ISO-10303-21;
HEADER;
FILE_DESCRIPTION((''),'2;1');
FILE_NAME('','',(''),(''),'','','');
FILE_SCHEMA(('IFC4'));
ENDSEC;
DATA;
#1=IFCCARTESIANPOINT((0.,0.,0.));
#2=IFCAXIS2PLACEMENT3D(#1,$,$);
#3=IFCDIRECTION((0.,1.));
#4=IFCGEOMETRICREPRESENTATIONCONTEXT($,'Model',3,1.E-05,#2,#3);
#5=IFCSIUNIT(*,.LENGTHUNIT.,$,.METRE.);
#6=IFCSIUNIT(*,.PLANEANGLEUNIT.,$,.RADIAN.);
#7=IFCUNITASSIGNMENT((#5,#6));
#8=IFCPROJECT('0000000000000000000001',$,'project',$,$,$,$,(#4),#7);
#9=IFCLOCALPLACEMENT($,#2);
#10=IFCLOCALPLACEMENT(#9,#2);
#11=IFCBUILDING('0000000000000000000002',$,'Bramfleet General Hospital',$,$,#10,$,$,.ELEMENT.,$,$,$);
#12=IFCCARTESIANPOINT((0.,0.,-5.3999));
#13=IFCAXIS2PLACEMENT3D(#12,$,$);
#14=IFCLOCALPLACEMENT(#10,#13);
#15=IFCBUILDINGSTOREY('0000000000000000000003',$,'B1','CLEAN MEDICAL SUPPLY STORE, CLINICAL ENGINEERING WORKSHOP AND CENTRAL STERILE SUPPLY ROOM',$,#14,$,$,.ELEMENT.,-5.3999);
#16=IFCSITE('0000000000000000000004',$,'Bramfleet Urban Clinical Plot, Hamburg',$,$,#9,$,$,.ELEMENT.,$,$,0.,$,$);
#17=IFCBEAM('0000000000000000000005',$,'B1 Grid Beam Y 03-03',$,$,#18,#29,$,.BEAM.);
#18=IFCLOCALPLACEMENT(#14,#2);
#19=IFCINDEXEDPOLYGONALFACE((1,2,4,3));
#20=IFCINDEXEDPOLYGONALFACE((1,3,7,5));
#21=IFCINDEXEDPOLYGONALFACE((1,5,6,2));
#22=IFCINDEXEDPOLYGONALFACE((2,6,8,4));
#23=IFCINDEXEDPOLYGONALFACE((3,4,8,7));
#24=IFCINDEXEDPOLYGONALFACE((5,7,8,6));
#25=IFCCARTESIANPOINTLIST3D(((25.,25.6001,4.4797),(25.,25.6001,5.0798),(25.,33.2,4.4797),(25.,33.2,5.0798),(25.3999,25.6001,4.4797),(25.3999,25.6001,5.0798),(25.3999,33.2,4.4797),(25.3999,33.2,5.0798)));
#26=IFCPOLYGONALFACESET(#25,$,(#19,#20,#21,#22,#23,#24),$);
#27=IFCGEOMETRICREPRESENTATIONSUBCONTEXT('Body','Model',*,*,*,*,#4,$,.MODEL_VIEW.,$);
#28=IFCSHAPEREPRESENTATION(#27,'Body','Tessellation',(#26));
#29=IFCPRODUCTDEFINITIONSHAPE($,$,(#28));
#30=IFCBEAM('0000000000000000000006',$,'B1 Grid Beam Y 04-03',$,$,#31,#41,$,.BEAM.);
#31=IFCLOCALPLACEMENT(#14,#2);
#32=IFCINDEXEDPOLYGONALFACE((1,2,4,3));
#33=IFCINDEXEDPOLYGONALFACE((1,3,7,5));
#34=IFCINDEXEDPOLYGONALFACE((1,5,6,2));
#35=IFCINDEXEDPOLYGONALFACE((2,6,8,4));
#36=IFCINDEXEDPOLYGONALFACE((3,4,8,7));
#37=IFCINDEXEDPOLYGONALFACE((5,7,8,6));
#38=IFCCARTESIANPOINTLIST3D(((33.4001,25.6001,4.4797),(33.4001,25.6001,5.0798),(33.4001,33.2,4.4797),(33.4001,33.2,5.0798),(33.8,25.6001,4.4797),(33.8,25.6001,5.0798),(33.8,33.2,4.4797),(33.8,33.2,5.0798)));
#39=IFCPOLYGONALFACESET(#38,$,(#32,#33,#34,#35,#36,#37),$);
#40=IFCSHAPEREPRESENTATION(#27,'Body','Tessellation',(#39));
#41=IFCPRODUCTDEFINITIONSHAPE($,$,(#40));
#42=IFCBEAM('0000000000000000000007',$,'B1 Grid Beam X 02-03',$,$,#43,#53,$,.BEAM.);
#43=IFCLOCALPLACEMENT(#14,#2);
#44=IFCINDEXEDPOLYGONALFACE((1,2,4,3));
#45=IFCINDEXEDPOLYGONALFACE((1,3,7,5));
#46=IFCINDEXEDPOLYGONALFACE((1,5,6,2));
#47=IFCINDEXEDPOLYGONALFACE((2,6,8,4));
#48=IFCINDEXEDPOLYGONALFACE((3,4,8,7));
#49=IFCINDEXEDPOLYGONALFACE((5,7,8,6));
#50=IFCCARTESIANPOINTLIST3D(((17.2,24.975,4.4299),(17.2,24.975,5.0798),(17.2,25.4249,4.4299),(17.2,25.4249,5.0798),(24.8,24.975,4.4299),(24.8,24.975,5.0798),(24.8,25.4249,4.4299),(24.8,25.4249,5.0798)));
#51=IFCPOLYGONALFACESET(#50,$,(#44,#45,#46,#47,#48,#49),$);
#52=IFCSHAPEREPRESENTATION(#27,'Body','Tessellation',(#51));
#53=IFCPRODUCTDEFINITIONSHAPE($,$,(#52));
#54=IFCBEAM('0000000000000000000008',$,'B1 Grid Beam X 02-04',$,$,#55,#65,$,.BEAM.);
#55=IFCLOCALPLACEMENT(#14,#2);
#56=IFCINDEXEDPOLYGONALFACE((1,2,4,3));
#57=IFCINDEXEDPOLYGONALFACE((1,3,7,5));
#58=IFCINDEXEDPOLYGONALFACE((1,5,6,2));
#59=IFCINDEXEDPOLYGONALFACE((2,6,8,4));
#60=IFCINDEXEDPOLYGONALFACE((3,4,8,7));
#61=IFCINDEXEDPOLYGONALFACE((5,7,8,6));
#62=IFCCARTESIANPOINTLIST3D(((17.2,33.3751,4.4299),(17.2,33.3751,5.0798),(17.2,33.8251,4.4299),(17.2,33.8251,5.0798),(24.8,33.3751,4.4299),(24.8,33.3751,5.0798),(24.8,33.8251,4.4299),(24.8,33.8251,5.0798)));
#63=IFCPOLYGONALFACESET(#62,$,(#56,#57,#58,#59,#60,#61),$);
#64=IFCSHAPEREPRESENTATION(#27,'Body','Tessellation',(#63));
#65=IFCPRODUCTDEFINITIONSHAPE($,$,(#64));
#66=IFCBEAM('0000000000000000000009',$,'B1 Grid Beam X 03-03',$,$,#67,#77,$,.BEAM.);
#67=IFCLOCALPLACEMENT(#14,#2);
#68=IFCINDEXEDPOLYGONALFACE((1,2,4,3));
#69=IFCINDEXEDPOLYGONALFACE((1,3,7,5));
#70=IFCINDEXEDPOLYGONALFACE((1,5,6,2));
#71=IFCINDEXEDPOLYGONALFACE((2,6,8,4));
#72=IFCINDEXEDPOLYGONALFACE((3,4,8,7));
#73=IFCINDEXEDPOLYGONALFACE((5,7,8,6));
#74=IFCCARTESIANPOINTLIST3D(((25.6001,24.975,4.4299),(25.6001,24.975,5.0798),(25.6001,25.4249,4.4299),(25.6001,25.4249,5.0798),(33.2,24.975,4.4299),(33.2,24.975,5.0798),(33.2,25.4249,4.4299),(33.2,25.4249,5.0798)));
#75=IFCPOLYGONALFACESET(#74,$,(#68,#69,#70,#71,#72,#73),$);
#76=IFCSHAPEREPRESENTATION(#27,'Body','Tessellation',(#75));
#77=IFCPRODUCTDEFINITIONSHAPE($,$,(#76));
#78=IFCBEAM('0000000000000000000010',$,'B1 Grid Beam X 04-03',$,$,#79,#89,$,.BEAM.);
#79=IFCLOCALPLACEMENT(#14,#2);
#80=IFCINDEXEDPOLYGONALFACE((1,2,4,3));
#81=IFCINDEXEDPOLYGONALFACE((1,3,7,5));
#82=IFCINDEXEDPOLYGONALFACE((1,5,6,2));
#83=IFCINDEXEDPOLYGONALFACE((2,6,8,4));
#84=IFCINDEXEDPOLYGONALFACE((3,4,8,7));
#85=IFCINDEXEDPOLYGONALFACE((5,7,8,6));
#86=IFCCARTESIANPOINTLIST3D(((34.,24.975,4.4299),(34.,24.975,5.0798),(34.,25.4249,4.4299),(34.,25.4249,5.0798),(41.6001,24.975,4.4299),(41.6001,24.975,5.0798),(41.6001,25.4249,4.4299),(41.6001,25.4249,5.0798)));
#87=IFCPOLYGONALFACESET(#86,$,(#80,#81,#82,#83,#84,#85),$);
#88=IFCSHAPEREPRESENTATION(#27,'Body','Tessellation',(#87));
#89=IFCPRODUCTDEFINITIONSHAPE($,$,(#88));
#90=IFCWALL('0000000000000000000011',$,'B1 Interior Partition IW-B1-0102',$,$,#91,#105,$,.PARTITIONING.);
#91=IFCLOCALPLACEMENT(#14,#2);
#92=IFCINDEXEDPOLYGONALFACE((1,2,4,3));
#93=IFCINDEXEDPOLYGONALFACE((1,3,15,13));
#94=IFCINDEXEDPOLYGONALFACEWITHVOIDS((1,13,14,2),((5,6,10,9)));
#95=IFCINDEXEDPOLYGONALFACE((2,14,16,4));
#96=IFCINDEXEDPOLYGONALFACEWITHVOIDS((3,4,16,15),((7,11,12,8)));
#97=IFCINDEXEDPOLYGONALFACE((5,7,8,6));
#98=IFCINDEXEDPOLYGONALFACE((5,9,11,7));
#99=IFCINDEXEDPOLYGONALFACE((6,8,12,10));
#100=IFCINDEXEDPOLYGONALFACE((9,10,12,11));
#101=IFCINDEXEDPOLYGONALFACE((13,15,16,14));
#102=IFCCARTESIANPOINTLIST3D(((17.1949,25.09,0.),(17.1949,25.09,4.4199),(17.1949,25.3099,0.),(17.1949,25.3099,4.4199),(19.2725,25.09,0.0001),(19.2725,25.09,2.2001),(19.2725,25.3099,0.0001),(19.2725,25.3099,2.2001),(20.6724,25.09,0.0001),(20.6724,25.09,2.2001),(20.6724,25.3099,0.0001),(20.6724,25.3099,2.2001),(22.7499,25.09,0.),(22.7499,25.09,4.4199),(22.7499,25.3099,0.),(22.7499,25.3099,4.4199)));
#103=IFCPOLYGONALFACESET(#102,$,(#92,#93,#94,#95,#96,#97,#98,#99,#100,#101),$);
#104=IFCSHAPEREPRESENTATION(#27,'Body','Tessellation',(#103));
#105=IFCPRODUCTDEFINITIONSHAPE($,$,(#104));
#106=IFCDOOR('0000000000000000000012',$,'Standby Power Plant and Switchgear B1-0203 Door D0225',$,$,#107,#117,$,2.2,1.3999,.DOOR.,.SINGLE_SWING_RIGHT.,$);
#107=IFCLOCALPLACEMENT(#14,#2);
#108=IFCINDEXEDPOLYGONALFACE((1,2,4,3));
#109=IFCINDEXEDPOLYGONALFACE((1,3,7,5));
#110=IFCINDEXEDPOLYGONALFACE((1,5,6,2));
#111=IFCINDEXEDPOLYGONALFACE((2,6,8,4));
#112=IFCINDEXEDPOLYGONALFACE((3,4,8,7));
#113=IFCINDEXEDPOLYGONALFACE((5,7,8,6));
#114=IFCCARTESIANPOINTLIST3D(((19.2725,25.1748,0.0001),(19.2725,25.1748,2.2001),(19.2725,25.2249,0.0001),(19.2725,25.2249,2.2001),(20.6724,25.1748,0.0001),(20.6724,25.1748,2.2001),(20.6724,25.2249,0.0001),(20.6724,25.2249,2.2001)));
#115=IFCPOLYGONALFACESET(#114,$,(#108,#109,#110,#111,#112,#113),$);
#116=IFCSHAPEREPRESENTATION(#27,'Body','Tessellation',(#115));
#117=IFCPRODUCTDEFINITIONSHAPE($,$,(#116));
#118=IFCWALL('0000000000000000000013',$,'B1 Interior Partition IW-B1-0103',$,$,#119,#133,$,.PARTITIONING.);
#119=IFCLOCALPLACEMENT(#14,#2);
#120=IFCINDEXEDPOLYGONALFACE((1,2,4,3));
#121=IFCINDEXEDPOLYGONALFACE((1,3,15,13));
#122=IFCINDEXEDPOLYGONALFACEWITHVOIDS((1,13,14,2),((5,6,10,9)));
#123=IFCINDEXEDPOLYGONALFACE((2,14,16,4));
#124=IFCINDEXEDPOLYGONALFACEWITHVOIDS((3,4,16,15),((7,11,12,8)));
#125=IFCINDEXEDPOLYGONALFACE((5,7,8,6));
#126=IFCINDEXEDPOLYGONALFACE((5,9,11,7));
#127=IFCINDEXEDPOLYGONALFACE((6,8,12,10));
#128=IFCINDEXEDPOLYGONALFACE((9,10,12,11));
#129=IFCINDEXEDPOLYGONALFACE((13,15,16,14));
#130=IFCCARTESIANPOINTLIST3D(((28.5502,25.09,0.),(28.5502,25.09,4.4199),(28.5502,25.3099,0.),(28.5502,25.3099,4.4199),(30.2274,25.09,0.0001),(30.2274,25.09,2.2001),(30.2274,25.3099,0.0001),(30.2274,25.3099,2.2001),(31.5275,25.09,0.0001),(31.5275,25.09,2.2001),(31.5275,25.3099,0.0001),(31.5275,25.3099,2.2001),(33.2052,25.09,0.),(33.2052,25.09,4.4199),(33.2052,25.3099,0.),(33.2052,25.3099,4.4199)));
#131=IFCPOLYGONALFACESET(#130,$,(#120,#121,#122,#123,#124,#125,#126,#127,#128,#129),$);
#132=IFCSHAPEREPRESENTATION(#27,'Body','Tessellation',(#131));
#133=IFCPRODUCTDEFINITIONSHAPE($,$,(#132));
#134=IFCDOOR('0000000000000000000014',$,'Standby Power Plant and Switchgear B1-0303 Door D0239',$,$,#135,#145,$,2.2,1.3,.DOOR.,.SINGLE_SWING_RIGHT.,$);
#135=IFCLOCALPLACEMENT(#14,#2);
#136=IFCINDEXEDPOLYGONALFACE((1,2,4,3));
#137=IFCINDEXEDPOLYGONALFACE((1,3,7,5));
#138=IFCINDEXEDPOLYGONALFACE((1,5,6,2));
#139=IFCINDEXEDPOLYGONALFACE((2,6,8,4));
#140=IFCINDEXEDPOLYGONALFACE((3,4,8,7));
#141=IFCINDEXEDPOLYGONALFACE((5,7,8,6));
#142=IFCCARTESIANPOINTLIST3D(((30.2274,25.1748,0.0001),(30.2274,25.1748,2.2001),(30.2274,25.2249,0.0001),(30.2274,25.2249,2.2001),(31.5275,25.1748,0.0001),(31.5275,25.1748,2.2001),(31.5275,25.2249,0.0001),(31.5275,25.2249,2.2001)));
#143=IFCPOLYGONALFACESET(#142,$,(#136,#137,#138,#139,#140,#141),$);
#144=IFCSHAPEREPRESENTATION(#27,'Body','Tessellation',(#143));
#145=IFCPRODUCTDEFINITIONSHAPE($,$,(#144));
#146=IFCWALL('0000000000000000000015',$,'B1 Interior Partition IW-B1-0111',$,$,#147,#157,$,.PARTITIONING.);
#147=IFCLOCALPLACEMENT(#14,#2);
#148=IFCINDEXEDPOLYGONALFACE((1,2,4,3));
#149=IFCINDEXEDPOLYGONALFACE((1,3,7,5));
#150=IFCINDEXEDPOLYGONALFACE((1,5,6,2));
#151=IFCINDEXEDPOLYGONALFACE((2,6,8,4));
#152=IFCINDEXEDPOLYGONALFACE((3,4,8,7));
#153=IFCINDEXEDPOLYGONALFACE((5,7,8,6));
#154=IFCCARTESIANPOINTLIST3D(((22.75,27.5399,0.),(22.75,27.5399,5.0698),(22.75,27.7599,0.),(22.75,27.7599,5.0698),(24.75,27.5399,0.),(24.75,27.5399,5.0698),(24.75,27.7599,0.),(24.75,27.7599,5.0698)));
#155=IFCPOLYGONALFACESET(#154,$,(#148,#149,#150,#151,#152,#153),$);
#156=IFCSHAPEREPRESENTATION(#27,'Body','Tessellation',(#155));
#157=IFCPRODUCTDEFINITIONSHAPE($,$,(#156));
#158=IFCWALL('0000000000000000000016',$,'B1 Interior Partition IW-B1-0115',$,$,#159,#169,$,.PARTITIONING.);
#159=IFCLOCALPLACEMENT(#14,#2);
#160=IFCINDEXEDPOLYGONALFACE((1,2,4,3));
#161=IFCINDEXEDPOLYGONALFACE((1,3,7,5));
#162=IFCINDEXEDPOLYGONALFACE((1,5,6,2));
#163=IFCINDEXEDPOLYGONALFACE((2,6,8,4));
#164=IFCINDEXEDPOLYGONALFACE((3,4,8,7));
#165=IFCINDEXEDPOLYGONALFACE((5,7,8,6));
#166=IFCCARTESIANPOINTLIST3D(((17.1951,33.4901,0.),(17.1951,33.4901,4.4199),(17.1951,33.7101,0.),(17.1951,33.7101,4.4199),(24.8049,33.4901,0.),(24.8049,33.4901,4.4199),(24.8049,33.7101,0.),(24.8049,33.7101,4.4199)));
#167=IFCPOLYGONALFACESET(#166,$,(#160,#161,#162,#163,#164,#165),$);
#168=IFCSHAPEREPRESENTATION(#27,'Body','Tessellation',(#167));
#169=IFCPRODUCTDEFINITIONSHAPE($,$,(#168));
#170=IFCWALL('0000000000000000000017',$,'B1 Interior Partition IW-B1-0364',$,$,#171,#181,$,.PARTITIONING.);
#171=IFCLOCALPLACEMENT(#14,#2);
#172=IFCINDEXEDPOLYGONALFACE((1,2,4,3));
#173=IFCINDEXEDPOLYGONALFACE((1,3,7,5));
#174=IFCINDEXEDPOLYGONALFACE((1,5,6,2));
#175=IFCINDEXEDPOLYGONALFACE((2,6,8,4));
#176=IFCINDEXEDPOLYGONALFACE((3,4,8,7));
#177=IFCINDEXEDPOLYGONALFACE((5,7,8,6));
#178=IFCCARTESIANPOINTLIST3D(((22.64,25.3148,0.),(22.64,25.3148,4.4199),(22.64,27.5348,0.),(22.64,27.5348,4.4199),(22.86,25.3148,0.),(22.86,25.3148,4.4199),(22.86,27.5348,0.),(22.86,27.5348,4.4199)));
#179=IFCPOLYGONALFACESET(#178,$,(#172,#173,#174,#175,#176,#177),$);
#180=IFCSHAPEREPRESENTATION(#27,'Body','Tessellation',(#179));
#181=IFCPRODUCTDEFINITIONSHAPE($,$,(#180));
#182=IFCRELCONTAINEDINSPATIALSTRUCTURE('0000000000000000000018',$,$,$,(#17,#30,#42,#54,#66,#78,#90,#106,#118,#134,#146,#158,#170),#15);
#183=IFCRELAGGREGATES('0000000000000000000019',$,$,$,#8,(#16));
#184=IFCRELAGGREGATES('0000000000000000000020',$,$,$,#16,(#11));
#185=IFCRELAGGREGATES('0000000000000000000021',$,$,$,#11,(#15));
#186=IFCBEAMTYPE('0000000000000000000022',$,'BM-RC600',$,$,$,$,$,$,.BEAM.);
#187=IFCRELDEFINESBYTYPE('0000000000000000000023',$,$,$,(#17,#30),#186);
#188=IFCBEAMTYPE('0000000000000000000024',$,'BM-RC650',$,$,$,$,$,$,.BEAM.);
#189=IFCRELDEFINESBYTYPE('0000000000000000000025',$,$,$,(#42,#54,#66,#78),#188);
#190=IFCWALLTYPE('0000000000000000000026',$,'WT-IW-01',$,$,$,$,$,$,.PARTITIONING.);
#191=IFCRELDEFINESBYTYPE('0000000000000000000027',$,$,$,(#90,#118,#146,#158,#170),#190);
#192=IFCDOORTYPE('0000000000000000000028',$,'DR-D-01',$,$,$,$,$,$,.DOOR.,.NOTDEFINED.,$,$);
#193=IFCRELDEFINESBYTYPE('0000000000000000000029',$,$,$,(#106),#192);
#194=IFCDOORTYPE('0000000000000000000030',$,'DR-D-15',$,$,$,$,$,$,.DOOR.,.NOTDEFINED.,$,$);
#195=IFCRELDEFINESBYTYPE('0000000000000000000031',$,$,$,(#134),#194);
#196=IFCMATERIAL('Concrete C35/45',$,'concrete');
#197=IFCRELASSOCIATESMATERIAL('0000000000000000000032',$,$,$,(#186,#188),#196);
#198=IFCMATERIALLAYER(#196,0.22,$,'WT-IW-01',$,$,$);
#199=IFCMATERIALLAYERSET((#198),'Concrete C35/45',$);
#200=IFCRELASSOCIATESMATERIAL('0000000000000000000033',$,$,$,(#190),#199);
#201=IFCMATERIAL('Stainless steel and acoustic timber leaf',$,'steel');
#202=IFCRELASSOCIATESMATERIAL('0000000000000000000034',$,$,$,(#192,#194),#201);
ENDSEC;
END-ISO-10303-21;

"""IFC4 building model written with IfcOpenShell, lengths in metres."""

from ifc_helpers import new_model, si_unit, direction, frame, frame_2d, origin, origin_2d, place, context, subcontext, project, spatial, rectangle, extrude, material, layer, layer_set, material_profile, profile_set, type_object, element, fill, save


model = new_model("IFC4")

# Units and contexts
model_context = context("Model", 3, precision=1e-05, world=origin(), true_north=direction((0.0, 1.0)))
body_context = subcontext(model_context, "Body", "Model", "MODEL_VIEW")
ifc_project = project(units=[si_unit("LENGTHUNIT", "METRE"), si_unit("PLANEANGLEUNIT", "RADIAN")], contexts=[model_context])

# Site, building, storey
site_placement = place(None, origin())
site = spatial("IfcSite", under=ifc_project, at=site_placement, Name="Bramfleet Urban Clinical Plot, Hamburg", CompositionType="ELEMENT", RefElevation=0.0)
building_placement = place(site_placement, origin())
building = spatial("IfcBuilding", under=site, at=building_placement, Name="Bramfleet General Hospital", CompositionType="ELEMENT")
storey_placement = place(building_placement, frame((0.0, 0.0, -5.3999)))
storey = spatial("IfcBuildingStorey", under=building, at=storey_placement, Name="B1", Description="CLEAN MEDICAL SUPPLY STORE, CLINICAL ENGINEERING WORKSHOP AND CENTRAL STERILE SUPPLY ROOM", CompositionType="ELEMENT", Elevation=-5.3999)

# Shared definitions
ifc_material_1 = material(Name="Concrete C35/45", Category="concrete")

# Beams
ifc_material_profile_1 = material_profile(ifc_material_1, rectangle(XDim=0.3999, YDim=0.6001, at=origin_2d()), Name="RC BM 600x400")
ifc_profile_set_1 = profile_set([ifc_material_profile_1], Name="Concrete C35/45")
beam_type_1 = type_object("IfcBeamType", Name="BM-RC600", PredefinedType="BEAM", material=ifc_profile_set_1)
for number, where, z_axis, x_axis, name in (
    (1, (25.2, 25.6001, 4.7798), (0.0, 1.0, 0.0), (-1.0, 0.0, 0.0), "B1 Grid Beam Y 03-03"),
    (2, (33.6001, 25.6001, 4.7798), (0.0, 1.0, 0.0), (-1.0, 0.0, 0.0), "B1 Grid Beam Y 04-03"),
):
    element("IfcBeam", number, at=place(storey_placement, frame(where, z_axis=z_axis, x_axis=x_axis)), inside=storey, type_object=beam_type_1, Name=name, PredefinedType="BEAM", context=body_context, shape_type="SweptSolid", body=[
        extrude(rectangle(XDim=0.3999, YDim=0.6001, at=origin_2d()), origin(), (0.0, 0.0, 1.0), 7.5999),
    ])
ifc_material_profile_2 = material_profile(ifc_material_1, rectangle(XDim=0.45, YDim=0.6499, at=origin_2d()), Name="RC BM 650x450")
ifc_profile_set_2 = profile_set([ifc_material_profile_2], Name="Concrete C35/45")
beam_type_2 = type_object("IfcBeamType", Name="BM-RC650", PredefinedType="BEAM", material=ifc_profile_set_2)
for number, where, z_axis, x_axis, name in (
    (3, (17.2, 25.2, 4.7549), (1.0, 0.0, 0.0), (0.0, 1.0, 0.0), "B1 Grid Beam X 02-03"),
    (4, (17.2, 33.6001, 4.7549), (1.0, 0.0, 0.0), (0.0, 1.0, 0.0), "B1 Grid Beam X 02-04"),
):
    element("IfcBeam", number, at=place(storey_placement, frame(where, z_axis=z_axis, x_axis=x_axis)), inside=storey, type_object=beam_type_2, Name=name, PredefinedType="BEAM", context=body_context, shape_type="SweptSolid", body=[
        extrude(rectangle(XDim=0.45, YDim=0.6499, at=origin_2d()), origin(), (0.0, 0.0, 1.0), 7.6001),
    ])
beam_1_placement = place(storey_placement, frame((25.6001, 25.2, 4.7549), z_axis=(1.0, 0.0, 0.0), x_axis=(0.0, 1.0, 0.0)))
element("IfcBeam", 5, at=beam_1_placement, inside=storey, type_object=beam_type_2, Name="B1 Grid Beam X 03-03", PredefinedType="BEAM", context=body_context, shape_type="SweptSolid", body=[
    extrude(rectangle(XDim=0.45, YDim=0.6499, at=origin_2d()), origin(), (0.0, 0.0, 1.0), 7.5999),
])
beam_2_placement = place(storey_placement, frame((34.0, 25.2, 4.7549), z_axis=(1.0, 0.0, 0.0), x_axis=(0.0, 1.0, 0.0)))
element("IfcBeam", 6, at=beam_2_placement, inside=storey, type_object=beam_type_2, Name="B1 Grid Beam X 04-03", PredefinedType="BEAM", context=body_context, shape_type="SweptSolid", body=[
    extrude(rectangle(XDim=0.45, YDim=0.6499, at=origin_2d()), origin(), (0.0, 0.0, 1.0), 7.6001),
])

# Walls, openings, doors
ifc_layer = layer(ifc_material_1, 0.22, Name="WT-IW-01")
ifc_layer_set = layer_set([ifc_layer], Name="Concrete C35/45")
wall_type = type_object("IfcWallType", Name="WT-IW-01", PredefinedType="PARTITIONING", material=ifc_layer_set)
wall_1_placement = place(storey_placement, frame((17.1951, 25.2, 0.0), z_axis=(0.0, 0.0, 1.0), x_axis=(1.0, 0.0, 0.0)))
wall_1 = element("IfcWall", 7, at=wall_1_placement, inside=storey, type_object=wall_type, Name="B1 Interior Partition IW-B1-0102", PredefinedType="PARTITIONING", context=body_context, shape_type="SweptSolid", body=[
    extrude(rectangle(XDim=5.5549, YDim=0.22, at=frame_2d((2.7773, 0.0))), origin(), (0.0, 0.0, 1.0), 4.4199),
])
opening_1_placement = place(wall_1_placement, frame((2.0774, 0.0, 0.0)))
opening_1 = element("IfcOpeningElement", 8, at=opening_1_placement, cuts=wall_1, PredefinedType="OPENING", context=body_context, shape_type="SweptSolid", body=[
    extrude(rectangle(XDim=1.3999, YDim=2.2, at=frame_2d((0.7, 1.1001))), frame((0.0, 0.1199, 0.0), z_axis=(0.0, -1.0, 0.0), x_axis=(1.0, 0.0, 0.0)), (0.0, 0.0, 1.0), 0.24),
])
ifc_material_2 = material(Name="Stainless steel and acoustic timber leaf", Category="steel")
door_type_1 = type_object("IfcDoorType", Name="DR-D-01", OperationType="NOTDEFINED", PredefinedType="DOOR", material=ifc_material_2)
door_1_placement = place(opening_1_placement, origin())
door_1 = element("IfcDoor", 9, at=door_1_placement, inside=storey, type_object=door_type_1, Name="Standby Power Plant and Switchgear B1-0203 Door D0225", OperationType="SINGLE_SWING_RIGHT", OverallHeight=2.2, OverallWidth=1.3999, PredefinedType="DOOR", context=body_context, shape_type="SweptSolid", body=[
    extrude(rectangle(XDim=1.3999, YDim=2.2, at=frame_2d((0.7, 1.1001))), frame((0.0, 0.0249, 0.0), z_axis=(0.0, -1.0, 0.0), x_axis=(1.0, 0.0, 0.0)), (0.0, 0.0, 1.0), 0.05),
])
fill(opening_1, door_1)
wall_2_placement = place(storey_placement, frame((28.55, 25.2, 0.0), z_axis=(0.0, 0.0, 1.0), x_axis=(1.0, 0.0, 0.0)))
wall_2 = element("IfcWall", 10, at=wall_2_placement, inside=storey, type_object=wall_type, Name="B1 Interior Partition IW-B1-0103", PredefinedType="PARTITIONING", context=body_context, shape_type="SweptSolid", body=[
    extrude(rectangle(XDim=4.655, YDim=0.22, at=frame_2d((2.3276, 0.0))), origin(), (0.0, 0.0, 1.0), 4.4199),
])
opening_2_placement = place(wall_2_placement, frame((1.6775, 0.0, 0.0)))
opening_2 = element("IfcOpeningElement", 11, at=opening_2_placement, cuts=wall_2, PredefinedType="OPENING", context=body_context, shape_type="SweptSolid", body=[
    extrude(rectangle(XDim=1.3, YDim=2.2, at=frame_2d((0.6499, 1.1001))), frame((0.0, 0.1199, 0.0), z_axis=(0.0, -1.0, 0.0), x_axis=(1.0, 0.0, 0.0)), (0.0, 0.0, 1.0), 0.24),
])
door_type_2 = type_object("IfcDoorType", Name="DR-D-15", OperationType="NOTDEFINED", PredefinedType="DOOR", material=ifc_material_2)
door_2_placement = place(opening_2_placement, origin())
door_2 = element("IfcDoor", 12, at=door_2_placement, inside=storey, type_object=door_type_2, Name="Standby Power Plant and Switchgear B1-0303 Door D0239", OperationType="SINGLE_SWING_RIGHT", OverallHeight=2.2, OverallWidth=1.3, PredefinedType="DOOR", context=body_context, shape_type="SweptSolid", body=[
    extrude(rectangle(XDim=1.3, YDim=2.2, at=frame_2d((0.6499, 1.1001))), frame((0.0, 0.0249, 0.0), z_axis=(0.0, -1.0, 0.0), x_axis=(1.0, 0.0, 0.0)), (0.0, 0.0, 1.0), 0.05),
])
fill(opening_2, door_2)

# Walls
wall_3_placement = place(storey_placement, frame((22.75, 27.6499, 0.0), z_axis=(0.0, 0.0, 1.0), x_axis=(1.0, 0.0, 0.0)))
element("IfcWall", 13, at=wall_3_placement, inside=storey, type_object=wall_type, Name="B1 Interior Partition IW-B1-0111", PredefinedType="PARTITIONING", context=body_context, shape_type="SweptSolid", body=[
    extrude(rectangle(XDim=2.0, YDim=0.22, at=frame_2d((1.0, 0.0))), origin(), (0.0, 0.0, 1.0), 5.0698),
])
wall_4_placement = place(storey_placement, frame((17.1951, 33.6001, 0.0), z_axis=(0.0, 0.0, 1.0), x_axis=(1.0, 0.0, 0.0)))
element("IfcWall", 14, at=wall_4_placement, inside=storey, type_object=wall_type, Name="B1 Interior Partition IW-B1-0115", PredefinedType="PARTITIONING", context=body_context, shape_type="SweptSolid", body=[
    extrude(rectangle(XDim=7.6099, YDim=0.22, at=frame_2d((3.8049, 0.0))), origin(), (0.0, 0.0, 1.0), 4.4199),
])
wall_5_placement = place(storey_placement, frame((22.75, 25.3149, 0.0), z_axis=(0.0, 0.0, 1.0), x_axis=(0.0, 1.0, 0.0)))
element("IfcWall", 15, at=wall_5_placement, inside=storey, type_object=wall_type, Name="B1 Interior Partition IW-B1-0364", PredefinedType="PARTITIONING", context=body_context, shape_type="SweptSolid", body=[
    extrude(rectangle(XDim=2.22, YDim=0.22, at=frame_2d((1.1099, 0.0))), origin(), (0.0, 0.0, 1.0), 4.4199),
])

save(model, "model.ifc")
